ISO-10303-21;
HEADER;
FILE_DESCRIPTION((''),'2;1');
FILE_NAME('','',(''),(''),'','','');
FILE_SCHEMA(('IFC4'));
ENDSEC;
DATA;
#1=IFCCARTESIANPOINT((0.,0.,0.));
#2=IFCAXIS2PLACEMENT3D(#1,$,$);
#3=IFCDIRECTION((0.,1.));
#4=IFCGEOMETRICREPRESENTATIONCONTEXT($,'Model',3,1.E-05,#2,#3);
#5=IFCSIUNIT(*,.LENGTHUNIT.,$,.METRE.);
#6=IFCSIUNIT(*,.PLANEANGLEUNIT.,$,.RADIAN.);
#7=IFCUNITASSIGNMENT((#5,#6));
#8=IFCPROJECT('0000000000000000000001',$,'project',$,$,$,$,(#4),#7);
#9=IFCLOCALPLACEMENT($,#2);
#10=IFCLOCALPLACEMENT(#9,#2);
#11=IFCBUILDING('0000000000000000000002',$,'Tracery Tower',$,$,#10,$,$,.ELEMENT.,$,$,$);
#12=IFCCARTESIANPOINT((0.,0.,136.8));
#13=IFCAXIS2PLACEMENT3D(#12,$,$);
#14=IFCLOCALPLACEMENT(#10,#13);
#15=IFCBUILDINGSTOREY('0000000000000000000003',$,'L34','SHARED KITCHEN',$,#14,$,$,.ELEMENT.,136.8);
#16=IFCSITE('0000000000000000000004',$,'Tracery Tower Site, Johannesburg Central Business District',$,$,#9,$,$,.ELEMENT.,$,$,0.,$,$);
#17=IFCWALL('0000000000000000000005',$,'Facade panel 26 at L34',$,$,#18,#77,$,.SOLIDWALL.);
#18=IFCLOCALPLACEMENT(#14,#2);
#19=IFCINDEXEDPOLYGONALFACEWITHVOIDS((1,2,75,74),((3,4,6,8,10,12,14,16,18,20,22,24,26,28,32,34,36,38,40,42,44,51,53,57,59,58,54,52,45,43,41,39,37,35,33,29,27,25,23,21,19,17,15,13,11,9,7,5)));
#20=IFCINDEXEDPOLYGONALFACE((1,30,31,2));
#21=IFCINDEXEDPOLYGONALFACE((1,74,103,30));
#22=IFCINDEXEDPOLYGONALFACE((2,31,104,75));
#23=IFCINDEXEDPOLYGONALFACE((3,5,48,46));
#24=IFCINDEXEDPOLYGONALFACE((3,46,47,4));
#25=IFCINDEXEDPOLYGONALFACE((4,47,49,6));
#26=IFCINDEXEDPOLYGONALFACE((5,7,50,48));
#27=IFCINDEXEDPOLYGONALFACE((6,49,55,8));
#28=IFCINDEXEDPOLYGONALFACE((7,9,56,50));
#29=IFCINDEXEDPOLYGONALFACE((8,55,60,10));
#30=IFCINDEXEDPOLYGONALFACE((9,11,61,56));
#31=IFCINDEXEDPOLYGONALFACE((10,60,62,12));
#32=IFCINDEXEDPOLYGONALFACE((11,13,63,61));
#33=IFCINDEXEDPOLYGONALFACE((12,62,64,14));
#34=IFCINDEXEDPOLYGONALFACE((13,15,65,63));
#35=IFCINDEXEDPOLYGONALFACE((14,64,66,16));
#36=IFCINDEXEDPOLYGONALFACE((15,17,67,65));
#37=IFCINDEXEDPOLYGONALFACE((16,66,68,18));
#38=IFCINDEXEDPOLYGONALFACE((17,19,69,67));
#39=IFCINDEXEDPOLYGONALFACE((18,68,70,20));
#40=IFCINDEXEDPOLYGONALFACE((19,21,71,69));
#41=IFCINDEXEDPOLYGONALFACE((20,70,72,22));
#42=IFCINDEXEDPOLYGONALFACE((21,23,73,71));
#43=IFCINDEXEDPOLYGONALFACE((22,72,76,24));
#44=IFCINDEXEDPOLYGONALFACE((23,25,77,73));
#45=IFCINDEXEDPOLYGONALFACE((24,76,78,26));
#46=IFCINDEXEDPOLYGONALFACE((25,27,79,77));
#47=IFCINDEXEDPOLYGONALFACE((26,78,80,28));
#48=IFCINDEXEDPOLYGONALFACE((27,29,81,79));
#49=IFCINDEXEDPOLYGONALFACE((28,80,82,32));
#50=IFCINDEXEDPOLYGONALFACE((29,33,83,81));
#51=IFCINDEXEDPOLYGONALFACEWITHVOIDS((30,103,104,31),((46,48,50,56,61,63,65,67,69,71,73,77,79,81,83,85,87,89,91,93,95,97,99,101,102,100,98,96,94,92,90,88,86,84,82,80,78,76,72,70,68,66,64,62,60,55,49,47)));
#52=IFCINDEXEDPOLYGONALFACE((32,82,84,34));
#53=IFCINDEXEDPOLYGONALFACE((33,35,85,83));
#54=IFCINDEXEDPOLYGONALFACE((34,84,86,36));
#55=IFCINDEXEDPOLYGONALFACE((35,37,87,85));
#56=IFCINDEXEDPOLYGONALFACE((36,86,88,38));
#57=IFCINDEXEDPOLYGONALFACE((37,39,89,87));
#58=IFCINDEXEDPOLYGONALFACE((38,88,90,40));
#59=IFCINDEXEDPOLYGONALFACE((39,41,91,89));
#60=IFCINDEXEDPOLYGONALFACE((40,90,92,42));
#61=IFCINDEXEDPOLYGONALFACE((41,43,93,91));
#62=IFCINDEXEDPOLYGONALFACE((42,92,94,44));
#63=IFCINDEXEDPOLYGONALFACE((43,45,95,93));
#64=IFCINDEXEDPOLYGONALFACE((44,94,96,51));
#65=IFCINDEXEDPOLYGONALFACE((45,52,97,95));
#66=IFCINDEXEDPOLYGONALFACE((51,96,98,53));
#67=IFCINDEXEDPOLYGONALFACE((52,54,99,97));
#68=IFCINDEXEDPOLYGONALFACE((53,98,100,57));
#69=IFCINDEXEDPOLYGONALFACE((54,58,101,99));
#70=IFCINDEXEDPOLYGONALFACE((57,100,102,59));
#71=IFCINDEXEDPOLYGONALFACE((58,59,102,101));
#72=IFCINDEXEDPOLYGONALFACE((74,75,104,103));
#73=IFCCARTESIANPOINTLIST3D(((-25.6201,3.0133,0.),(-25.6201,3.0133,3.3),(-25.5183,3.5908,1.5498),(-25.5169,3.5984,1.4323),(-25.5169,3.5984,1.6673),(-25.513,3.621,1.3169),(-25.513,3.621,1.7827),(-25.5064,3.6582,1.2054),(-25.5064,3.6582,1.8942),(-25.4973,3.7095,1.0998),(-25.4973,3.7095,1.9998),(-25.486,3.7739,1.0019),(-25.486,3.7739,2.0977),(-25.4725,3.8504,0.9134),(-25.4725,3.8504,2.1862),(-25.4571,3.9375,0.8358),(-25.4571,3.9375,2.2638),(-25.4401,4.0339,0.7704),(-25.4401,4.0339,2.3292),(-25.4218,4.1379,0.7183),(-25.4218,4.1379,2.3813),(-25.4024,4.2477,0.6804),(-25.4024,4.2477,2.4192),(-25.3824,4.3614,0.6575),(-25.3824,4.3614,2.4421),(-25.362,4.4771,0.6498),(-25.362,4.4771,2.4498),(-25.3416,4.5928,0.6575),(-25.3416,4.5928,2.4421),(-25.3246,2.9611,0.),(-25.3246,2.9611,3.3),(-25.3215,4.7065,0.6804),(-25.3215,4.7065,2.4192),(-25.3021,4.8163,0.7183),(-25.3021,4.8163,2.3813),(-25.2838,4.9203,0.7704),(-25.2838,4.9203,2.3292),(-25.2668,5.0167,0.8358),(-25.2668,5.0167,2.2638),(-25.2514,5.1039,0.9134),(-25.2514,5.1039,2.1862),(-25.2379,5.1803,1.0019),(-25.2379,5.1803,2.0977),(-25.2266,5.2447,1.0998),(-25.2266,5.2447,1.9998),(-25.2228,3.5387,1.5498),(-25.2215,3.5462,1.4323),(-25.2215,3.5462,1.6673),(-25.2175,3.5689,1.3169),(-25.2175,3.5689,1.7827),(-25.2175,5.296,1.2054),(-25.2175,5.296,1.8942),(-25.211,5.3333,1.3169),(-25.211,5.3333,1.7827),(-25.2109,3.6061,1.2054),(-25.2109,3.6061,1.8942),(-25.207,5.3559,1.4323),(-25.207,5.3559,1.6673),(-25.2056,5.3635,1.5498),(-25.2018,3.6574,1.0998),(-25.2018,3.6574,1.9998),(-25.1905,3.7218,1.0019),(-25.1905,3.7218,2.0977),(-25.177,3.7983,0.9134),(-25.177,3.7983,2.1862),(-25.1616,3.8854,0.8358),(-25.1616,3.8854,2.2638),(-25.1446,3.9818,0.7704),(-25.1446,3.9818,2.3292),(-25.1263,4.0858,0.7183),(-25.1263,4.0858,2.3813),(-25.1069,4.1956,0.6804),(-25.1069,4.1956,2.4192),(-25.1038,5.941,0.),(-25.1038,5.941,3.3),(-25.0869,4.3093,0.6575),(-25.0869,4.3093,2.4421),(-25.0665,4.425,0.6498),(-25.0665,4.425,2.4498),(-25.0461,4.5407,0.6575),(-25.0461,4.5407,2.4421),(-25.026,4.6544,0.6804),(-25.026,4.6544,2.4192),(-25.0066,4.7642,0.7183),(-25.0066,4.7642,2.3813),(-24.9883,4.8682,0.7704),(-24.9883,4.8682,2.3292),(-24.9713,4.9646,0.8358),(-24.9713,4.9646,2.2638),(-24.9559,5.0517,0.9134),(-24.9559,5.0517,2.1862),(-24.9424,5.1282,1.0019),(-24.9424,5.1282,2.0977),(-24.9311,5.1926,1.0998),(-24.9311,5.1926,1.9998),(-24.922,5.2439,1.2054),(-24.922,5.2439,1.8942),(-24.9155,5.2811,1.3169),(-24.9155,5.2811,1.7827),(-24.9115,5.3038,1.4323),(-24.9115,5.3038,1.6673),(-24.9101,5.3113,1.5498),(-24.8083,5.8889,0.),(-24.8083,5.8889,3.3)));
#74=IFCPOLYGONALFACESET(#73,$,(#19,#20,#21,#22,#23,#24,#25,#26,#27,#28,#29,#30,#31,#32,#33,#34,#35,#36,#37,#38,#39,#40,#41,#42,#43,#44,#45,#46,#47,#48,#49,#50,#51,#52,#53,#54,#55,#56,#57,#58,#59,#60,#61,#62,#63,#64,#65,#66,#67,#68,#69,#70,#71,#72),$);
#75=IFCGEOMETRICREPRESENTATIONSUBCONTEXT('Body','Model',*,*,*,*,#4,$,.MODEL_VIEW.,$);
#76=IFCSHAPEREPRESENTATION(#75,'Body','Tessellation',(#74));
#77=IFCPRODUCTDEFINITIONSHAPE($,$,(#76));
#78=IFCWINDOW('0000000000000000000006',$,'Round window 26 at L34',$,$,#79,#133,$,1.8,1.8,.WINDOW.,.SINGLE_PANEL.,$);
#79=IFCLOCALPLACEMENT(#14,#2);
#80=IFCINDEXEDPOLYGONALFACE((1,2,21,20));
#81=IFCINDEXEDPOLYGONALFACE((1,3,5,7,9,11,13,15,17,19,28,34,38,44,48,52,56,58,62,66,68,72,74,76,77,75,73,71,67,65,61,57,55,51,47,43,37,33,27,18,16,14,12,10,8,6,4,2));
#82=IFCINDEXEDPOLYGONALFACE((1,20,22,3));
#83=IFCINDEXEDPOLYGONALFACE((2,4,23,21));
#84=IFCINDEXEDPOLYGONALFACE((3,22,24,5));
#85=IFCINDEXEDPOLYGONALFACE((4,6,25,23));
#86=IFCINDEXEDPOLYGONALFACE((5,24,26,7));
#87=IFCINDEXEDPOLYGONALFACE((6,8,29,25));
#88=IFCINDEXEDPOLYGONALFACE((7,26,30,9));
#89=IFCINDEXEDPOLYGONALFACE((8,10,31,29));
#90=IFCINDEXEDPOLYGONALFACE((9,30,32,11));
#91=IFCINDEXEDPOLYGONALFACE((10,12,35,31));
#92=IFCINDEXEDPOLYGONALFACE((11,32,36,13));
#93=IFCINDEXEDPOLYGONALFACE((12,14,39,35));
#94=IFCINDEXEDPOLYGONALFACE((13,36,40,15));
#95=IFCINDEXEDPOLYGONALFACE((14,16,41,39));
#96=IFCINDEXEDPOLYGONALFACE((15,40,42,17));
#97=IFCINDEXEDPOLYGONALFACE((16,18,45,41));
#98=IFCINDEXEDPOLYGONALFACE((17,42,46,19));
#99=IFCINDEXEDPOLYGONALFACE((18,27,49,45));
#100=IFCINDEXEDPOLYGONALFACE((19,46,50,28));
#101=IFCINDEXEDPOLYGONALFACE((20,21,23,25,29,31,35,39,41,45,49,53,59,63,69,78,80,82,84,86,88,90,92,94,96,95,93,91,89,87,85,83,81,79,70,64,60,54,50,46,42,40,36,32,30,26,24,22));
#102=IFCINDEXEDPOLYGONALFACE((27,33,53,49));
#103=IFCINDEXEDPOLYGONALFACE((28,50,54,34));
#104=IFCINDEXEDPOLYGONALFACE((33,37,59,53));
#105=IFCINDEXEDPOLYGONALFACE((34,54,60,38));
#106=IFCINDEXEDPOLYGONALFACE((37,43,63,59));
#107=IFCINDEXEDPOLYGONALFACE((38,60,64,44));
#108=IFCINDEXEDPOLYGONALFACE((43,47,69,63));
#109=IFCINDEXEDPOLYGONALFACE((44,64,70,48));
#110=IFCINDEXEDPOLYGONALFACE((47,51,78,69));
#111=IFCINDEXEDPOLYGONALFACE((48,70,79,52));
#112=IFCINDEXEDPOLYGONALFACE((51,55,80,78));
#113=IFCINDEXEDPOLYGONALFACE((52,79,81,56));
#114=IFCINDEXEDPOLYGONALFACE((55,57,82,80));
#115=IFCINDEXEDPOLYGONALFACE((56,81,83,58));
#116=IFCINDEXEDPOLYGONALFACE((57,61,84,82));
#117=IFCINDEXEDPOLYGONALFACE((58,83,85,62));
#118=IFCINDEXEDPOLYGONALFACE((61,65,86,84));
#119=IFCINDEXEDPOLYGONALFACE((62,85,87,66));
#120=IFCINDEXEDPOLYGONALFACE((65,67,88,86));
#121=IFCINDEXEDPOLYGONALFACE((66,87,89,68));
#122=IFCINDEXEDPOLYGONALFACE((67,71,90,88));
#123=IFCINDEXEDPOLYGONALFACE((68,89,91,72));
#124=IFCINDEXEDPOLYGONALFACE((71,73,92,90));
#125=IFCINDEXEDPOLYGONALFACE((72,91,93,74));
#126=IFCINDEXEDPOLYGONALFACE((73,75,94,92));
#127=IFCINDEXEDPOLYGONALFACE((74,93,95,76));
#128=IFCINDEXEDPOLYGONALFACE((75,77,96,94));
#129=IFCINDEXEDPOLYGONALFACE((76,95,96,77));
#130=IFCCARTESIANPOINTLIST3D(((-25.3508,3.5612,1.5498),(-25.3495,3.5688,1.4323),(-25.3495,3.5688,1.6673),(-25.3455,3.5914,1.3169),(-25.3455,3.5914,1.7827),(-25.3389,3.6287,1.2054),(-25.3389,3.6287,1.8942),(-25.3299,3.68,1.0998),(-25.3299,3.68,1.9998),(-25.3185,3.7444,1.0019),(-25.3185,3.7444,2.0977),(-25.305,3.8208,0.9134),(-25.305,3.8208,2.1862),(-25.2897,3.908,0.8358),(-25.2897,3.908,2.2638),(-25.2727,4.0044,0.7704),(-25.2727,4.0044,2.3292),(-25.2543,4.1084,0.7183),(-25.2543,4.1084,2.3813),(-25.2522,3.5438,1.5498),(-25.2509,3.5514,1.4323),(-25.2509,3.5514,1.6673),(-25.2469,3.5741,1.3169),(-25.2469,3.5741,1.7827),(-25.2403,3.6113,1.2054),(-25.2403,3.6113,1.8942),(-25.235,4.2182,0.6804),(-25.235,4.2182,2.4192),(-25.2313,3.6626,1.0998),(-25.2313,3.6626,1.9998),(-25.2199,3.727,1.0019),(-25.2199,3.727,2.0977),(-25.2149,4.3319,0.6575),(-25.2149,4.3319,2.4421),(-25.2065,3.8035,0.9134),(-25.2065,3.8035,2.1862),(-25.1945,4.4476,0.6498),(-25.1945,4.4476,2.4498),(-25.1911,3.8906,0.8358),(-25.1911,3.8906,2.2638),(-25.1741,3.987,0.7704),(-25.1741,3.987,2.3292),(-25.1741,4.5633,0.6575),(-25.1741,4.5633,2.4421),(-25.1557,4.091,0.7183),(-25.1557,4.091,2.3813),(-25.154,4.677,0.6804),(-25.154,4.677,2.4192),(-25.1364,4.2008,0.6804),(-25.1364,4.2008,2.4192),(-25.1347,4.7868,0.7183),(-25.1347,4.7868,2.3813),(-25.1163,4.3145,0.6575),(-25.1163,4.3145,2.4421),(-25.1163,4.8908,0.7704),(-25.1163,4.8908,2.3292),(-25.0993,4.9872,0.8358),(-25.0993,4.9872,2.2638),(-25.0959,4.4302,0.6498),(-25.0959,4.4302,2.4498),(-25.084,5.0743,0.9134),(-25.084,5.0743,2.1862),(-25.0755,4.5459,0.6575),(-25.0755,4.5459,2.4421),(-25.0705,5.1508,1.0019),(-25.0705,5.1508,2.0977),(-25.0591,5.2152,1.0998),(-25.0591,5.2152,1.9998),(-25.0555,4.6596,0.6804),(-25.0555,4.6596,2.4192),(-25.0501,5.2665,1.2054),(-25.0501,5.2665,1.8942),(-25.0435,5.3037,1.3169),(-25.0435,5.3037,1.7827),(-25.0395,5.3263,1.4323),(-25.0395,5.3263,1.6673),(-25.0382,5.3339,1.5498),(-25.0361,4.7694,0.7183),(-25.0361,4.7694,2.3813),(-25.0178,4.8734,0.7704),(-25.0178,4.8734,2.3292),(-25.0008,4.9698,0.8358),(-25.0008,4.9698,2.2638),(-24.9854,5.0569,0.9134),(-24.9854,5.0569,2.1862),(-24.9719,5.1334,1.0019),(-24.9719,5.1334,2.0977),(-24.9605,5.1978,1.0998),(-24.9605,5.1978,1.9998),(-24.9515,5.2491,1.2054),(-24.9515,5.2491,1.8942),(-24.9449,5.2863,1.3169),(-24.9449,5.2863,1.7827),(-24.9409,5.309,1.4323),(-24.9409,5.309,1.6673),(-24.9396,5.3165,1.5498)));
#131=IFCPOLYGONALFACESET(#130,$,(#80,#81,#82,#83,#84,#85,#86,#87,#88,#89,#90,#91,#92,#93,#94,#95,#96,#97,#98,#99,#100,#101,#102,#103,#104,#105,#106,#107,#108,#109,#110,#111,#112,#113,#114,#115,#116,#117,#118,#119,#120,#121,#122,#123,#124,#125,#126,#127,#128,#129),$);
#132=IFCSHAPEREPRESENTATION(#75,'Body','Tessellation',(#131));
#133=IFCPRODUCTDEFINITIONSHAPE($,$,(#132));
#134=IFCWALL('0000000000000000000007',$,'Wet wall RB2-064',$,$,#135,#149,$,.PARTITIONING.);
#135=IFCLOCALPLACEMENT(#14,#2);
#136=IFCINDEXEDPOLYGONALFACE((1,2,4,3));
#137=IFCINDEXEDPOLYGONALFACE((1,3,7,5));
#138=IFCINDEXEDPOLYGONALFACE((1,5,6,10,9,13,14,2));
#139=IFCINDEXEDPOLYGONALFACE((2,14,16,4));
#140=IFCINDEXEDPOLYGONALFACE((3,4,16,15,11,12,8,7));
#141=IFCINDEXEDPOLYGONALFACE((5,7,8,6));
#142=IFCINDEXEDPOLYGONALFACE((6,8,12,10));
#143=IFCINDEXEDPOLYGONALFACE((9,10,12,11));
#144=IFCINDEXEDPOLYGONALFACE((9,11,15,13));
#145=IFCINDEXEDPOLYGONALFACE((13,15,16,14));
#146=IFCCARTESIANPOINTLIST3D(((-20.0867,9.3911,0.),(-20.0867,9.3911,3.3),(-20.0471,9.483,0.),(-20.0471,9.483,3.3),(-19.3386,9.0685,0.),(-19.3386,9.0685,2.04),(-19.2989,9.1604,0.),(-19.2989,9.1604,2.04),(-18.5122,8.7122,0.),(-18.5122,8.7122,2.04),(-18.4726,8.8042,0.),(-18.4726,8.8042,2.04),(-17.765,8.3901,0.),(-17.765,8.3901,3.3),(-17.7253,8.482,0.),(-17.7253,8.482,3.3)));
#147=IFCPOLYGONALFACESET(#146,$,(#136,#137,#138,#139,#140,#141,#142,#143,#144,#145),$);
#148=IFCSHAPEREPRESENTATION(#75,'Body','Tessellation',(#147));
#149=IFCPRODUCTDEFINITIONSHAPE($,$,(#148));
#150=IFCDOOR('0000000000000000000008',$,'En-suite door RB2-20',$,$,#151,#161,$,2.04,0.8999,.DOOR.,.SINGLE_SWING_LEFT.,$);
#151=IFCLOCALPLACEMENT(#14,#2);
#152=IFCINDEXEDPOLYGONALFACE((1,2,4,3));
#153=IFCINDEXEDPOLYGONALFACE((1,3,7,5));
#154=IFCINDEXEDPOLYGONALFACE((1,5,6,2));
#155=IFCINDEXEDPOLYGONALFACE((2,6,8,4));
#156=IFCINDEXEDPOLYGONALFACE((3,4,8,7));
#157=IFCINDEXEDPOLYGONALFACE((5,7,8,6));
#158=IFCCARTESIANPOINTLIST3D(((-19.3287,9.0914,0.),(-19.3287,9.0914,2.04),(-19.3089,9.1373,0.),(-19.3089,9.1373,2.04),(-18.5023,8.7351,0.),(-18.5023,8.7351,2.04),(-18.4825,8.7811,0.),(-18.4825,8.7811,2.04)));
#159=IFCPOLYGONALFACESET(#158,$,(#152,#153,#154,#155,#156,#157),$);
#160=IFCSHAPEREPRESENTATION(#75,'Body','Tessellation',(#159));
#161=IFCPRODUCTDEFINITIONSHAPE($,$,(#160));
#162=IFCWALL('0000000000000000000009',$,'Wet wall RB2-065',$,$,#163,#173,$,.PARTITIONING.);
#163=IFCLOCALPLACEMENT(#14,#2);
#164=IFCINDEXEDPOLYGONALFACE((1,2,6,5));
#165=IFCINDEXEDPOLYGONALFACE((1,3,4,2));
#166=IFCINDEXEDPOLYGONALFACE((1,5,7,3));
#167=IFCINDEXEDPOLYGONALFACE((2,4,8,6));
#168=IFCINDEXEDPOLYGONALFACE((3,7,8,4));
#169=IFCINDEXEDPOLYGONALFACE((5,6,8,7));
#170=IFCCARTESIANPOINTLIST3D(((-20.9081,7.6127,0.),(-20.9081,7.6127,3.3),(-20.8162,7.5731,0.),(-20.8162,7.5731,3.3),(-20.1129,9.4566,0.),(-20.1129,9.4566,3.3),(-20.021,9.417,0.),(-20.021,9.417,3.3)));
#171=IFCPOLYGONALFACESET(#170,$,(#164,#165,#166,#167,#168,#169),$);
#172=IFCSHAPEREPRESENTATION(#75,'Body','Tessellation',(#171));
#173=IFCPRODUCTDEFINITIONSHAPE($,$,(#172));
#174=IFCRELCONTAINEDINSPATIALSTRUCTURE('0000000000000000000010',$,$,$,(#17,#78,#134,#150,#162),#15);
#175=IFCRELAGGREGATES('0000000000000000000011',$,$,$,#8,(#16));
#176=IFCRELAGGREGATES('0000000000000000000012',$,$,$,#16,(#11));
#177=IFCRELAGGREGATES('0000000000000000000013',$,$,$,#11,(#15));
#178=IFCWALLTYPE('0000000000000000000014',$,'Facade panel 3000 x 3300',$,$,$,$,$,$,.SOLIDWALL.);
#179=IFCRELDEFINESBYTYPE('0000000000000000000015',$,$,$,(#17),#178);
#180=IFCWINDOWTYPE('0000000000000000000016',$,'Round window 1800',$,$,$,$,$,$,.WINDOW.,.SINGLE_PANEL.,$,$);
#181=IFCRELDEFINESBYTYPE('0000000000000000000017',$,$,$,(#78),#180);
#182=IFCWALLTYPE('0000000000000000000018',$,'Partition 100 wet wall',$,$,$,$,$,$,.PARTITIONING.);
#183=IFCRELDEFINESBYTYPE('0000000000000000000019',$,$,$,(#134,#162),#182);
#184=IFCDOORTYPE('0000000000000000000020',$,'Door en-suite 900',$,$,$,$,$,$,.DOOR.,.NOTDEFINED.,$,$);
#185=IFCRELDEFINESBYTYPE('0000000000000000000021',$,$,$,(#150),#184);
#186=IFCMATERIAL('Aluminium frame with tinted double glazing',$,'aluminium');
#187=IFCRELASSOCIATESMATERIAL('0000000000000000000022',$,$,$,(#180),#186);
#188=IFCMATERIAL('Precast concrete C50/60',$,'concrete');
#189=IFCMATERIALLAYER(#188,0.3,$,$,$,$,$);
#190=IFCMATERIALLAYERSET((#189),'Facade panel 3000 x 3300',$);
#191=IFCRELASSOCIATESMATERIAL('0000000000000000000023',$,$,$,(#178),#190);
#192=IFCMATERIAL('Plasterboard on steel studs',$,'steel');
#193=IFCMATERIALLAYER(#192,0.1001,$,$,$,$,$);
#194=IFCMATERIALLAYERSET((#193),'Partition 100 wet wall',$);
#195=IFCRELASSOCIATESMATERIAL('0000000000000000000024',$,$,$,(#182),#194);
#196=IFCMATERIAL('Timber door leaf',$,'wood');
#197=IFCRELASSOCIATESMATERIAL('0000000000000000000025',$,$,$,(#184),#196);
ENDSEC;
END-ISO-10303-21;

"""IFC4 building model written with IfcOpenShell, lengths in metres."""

from ifc_helpers import new_model, si_unit, direction, frame, frame_2d, origin, origin_2d, place, context, subcontext, project, spatial, rectangle, circle, extrude, material, layer, layer_set, type_object, element, fill, save


model = new_model("IFC4")

# Units and contexts
model_context = context("Model", 3, precision=1e-05, world=origin(), true_north=direction((0.0, 1.0)))
body_context = subcontext(model_context, "Body", "Model", "MODEL_VIEW")
ifc_project = project(units=[si_unit("LENGTHUNIT", "METRE"), si_unit("PLANEANGLEUNIT", "RADIAN")], contexts=[model_context])

# Site, building, storey
site_placement = place(None, origin())
site = spatial("IfcSite", under=ifc_project, at=site_placement, Name="Tracery Tower Site, Johannesburg Central Business District", CompositionType="ELEMENT", RefElevation=0.0)
building_placement = place(site_placement, origin())
building = spatial("IfcBuilding", under=site, at=building_placement, Name="Tracery Tower", CompositionType="ELEMENT")
storey_placement = place(building_placement, frame((0.0, 0.0, 136.8)))
storey = spatial("IfcBuildingStorey", under=building, at=storey_placement, Name="L34", Description="SHARED KITCHEN", CompositionType="ELEMENT", Elevation=136.8)

# Wall, opening, window
ifc_material_1 = material(Name="Aluminium frame with tinted double glazing", Category="aluminium")
window_type = type_object("IfcWindowType", Name="Round window 1800", PartitioningType="SINGLE_PANEL", PredefinedType="WINDOW", material=ifc_material_1)
ifc_material_2 = material(Name="Precast concrete C50/60", Category="concrete")
ifc_layer_1 = layer(ifc_material_2, 0.3)
ifc_layer_set_1 = layer_set([ifc_layer_1], Name="Facade panel 3000 x 3300")
wall_type_1 = type_object("IfcWallType", Name="Facade panel 3000 x 3300", PredefinedType="SOLIDWALL", material=ifc_layer_set_1)
wall_1_placement = place(storey_placement, frame((-24.9561, 5.9148, 0.0), z_axis=(0.0, 0.0, 1.0), x_axis=(-0.173687, -0.984801, 0.0)))
wall_1 = element("IfcWall", 1, at=wall_1_placement, inside=storey, type_object=wall_type_1, Name="Facade panel 26 at L34", PredefinedType="SOLIDWALL", context=body_context, shape_type="SweptSolid", body=[
    extrude(rectangle(XDim=2.9729, YDim=0.3, at=frame_2d((1.4863, 0.0))), origin(), (0.0, 0.0, 1.0), 3.3),
])
opening_1_placement = place(wall_1_placement, frame((1.4863, 0.0, 1.5498)))
opening_1 = element("IfcOpeningElement", 2, at=opening_1_placement, cuts=wall_1, PredefinedType="OPENING", context=body_context, shape_type="SweptSolid", body=[
    extrude(circle(Radius=0.9, at=origin_2d()), frame((0.0, 0.1599, 0.0), z_axis=(0.0, -1.0, 0.0), x_axis=(1.0, 0.0, 0.0)), (0.0, 0.0, 1.0), 0.3201),
])
window_1_placement = place(opening_1_placement, origin())
window_1 = element("IfcWindow", 3, at=window_1_placement, inside=storey, type_object=window_type, Name="Round window 26 at L34", OverallHeight=1.8, OverallWidth=1.8, PartitioningType="SINGLE_PANEL", PredefinedType="WINDOW", context=body_context, shape_type="SweptSolid", body=[
    extrude(circle(Radius=0.9, at=origin_2d()), frame((0.0, 0.1201, 0.0), z_axis=(0.0, -1.0, 0.0), x_axis=(1.0, 0.0, 0.0)), (0.0, 0.0, 1.0), 0.1001),
])
fill(opening_1, window_1)

# Wall, opening, door
ifc_material_3 = material(Name="Plasterboard on steel studs", Category="steel")
ifc_layer_2 = layer(ifc_material_3, 0.1001)
ifc_layer_set_2 = layer_set([ifc_layer_2], Name="Partition 100 wet wall")
wall_type_2 = type_object("IfcWallType", Name="Partition 100 wet wall", PredefinedType="PARTITIONING", material=ifc_layer_set_2)
wall_2_placement = place(storey_placement, frame((-20.0669, 9.437, 0.0), z_axis=(0.0, 0.0, 1.0), x_axis=(0.918294, -0.3959, 0.0)))
wall_2 = element("IfcWall", 4, at=wall_2_placement, inside=storey, type_object=wall_type_2, Name="Wet wall RB2-064", PredefinedType="PARTITIONING", context=body_context, shape_type="SweptSolid", body=[
    extrude(rectangle(XDim=2.5283, YDim=0.1001, at=frame_2d((1.2642, 0.0))), origin(), (0.0, 0.0, 1.0), 3.3),
])
opening_2_placement = place(wall_2_placement, frame((0.8147, 0.0, 0.0)))
opening_2 = element("IfcOpeningElement", 5, at=opening_2_placement, cuts=wall_2, PredefinedType="OPENING", context=body_context, shape_type="SweptSolid", body=[
    extrude(rectangle(XDim=0.8999, YDim=2.04, at=frame_2d((0.45, 1.02))), frame((0.0, 0.05, 0.0), z_axis=(0.0, -1.0, 0.0), x_axis=(1.0, 0.0, 0.0)), (0.0, 0.0, 1.0), 0.1001),
])
ifc_material_4 = material(Name="Timber door leaf", Category="wood")
door_type_1 = type_object("IfcDoorType", Name="Door en-suite 900", OperationType="NOTDEFINED", PredefinedType="DOOR", material=ifc_material_4)
door_1_placement = place(opening_2_placement, origin())
door_1 = element("IfcDoor", 6, at=door_1_placement, inside=storey, type_object=door_type_1, Name="En-suite door RB2-20", OperationType="SINGLE_SWING_LEFT", OverallHeight=2.04, OverallWidth=0.8999, PredefinedType="DOOR", context=body_context, shape_type="SweptSolid", body=[
    extrude(rectangle(XDim=0.8999, YDim=2.04, at=frame_2d((0.45, 1.02))), frame((0.0, 0.0249, 0.0), z_axis=(0.0, -1.0, 0.0), x_axis=(1.0, 0.0, 0.0)), (0.0, 0.0, 1.0), 0.05),
])
fill(opening_2, door_1)

# Wall
wall_3_placement = place(storey_placement, frame((-20.8621, 7.593, 0.0), z_axis=(0.0, 0.0, 1.0), x_axis=(0.395973, 0.918262, 0.0)))
element("IfcWall", 7, at=wall_3_placement, inside=storey, type_object=wall_type_2, Name="Wet wall RB2-065", PredefinedType="PARTITIONING", context=body_context, shape_type="SweptSolid", body=[
    extrude(rectangle(XDim=2.0081, YDim=0.1001, at=frame_2d((1.0039, 0.0))), origin(), (0.0, 0.0, 1.0), 3.3),
])

save(model, "model.ifc")
